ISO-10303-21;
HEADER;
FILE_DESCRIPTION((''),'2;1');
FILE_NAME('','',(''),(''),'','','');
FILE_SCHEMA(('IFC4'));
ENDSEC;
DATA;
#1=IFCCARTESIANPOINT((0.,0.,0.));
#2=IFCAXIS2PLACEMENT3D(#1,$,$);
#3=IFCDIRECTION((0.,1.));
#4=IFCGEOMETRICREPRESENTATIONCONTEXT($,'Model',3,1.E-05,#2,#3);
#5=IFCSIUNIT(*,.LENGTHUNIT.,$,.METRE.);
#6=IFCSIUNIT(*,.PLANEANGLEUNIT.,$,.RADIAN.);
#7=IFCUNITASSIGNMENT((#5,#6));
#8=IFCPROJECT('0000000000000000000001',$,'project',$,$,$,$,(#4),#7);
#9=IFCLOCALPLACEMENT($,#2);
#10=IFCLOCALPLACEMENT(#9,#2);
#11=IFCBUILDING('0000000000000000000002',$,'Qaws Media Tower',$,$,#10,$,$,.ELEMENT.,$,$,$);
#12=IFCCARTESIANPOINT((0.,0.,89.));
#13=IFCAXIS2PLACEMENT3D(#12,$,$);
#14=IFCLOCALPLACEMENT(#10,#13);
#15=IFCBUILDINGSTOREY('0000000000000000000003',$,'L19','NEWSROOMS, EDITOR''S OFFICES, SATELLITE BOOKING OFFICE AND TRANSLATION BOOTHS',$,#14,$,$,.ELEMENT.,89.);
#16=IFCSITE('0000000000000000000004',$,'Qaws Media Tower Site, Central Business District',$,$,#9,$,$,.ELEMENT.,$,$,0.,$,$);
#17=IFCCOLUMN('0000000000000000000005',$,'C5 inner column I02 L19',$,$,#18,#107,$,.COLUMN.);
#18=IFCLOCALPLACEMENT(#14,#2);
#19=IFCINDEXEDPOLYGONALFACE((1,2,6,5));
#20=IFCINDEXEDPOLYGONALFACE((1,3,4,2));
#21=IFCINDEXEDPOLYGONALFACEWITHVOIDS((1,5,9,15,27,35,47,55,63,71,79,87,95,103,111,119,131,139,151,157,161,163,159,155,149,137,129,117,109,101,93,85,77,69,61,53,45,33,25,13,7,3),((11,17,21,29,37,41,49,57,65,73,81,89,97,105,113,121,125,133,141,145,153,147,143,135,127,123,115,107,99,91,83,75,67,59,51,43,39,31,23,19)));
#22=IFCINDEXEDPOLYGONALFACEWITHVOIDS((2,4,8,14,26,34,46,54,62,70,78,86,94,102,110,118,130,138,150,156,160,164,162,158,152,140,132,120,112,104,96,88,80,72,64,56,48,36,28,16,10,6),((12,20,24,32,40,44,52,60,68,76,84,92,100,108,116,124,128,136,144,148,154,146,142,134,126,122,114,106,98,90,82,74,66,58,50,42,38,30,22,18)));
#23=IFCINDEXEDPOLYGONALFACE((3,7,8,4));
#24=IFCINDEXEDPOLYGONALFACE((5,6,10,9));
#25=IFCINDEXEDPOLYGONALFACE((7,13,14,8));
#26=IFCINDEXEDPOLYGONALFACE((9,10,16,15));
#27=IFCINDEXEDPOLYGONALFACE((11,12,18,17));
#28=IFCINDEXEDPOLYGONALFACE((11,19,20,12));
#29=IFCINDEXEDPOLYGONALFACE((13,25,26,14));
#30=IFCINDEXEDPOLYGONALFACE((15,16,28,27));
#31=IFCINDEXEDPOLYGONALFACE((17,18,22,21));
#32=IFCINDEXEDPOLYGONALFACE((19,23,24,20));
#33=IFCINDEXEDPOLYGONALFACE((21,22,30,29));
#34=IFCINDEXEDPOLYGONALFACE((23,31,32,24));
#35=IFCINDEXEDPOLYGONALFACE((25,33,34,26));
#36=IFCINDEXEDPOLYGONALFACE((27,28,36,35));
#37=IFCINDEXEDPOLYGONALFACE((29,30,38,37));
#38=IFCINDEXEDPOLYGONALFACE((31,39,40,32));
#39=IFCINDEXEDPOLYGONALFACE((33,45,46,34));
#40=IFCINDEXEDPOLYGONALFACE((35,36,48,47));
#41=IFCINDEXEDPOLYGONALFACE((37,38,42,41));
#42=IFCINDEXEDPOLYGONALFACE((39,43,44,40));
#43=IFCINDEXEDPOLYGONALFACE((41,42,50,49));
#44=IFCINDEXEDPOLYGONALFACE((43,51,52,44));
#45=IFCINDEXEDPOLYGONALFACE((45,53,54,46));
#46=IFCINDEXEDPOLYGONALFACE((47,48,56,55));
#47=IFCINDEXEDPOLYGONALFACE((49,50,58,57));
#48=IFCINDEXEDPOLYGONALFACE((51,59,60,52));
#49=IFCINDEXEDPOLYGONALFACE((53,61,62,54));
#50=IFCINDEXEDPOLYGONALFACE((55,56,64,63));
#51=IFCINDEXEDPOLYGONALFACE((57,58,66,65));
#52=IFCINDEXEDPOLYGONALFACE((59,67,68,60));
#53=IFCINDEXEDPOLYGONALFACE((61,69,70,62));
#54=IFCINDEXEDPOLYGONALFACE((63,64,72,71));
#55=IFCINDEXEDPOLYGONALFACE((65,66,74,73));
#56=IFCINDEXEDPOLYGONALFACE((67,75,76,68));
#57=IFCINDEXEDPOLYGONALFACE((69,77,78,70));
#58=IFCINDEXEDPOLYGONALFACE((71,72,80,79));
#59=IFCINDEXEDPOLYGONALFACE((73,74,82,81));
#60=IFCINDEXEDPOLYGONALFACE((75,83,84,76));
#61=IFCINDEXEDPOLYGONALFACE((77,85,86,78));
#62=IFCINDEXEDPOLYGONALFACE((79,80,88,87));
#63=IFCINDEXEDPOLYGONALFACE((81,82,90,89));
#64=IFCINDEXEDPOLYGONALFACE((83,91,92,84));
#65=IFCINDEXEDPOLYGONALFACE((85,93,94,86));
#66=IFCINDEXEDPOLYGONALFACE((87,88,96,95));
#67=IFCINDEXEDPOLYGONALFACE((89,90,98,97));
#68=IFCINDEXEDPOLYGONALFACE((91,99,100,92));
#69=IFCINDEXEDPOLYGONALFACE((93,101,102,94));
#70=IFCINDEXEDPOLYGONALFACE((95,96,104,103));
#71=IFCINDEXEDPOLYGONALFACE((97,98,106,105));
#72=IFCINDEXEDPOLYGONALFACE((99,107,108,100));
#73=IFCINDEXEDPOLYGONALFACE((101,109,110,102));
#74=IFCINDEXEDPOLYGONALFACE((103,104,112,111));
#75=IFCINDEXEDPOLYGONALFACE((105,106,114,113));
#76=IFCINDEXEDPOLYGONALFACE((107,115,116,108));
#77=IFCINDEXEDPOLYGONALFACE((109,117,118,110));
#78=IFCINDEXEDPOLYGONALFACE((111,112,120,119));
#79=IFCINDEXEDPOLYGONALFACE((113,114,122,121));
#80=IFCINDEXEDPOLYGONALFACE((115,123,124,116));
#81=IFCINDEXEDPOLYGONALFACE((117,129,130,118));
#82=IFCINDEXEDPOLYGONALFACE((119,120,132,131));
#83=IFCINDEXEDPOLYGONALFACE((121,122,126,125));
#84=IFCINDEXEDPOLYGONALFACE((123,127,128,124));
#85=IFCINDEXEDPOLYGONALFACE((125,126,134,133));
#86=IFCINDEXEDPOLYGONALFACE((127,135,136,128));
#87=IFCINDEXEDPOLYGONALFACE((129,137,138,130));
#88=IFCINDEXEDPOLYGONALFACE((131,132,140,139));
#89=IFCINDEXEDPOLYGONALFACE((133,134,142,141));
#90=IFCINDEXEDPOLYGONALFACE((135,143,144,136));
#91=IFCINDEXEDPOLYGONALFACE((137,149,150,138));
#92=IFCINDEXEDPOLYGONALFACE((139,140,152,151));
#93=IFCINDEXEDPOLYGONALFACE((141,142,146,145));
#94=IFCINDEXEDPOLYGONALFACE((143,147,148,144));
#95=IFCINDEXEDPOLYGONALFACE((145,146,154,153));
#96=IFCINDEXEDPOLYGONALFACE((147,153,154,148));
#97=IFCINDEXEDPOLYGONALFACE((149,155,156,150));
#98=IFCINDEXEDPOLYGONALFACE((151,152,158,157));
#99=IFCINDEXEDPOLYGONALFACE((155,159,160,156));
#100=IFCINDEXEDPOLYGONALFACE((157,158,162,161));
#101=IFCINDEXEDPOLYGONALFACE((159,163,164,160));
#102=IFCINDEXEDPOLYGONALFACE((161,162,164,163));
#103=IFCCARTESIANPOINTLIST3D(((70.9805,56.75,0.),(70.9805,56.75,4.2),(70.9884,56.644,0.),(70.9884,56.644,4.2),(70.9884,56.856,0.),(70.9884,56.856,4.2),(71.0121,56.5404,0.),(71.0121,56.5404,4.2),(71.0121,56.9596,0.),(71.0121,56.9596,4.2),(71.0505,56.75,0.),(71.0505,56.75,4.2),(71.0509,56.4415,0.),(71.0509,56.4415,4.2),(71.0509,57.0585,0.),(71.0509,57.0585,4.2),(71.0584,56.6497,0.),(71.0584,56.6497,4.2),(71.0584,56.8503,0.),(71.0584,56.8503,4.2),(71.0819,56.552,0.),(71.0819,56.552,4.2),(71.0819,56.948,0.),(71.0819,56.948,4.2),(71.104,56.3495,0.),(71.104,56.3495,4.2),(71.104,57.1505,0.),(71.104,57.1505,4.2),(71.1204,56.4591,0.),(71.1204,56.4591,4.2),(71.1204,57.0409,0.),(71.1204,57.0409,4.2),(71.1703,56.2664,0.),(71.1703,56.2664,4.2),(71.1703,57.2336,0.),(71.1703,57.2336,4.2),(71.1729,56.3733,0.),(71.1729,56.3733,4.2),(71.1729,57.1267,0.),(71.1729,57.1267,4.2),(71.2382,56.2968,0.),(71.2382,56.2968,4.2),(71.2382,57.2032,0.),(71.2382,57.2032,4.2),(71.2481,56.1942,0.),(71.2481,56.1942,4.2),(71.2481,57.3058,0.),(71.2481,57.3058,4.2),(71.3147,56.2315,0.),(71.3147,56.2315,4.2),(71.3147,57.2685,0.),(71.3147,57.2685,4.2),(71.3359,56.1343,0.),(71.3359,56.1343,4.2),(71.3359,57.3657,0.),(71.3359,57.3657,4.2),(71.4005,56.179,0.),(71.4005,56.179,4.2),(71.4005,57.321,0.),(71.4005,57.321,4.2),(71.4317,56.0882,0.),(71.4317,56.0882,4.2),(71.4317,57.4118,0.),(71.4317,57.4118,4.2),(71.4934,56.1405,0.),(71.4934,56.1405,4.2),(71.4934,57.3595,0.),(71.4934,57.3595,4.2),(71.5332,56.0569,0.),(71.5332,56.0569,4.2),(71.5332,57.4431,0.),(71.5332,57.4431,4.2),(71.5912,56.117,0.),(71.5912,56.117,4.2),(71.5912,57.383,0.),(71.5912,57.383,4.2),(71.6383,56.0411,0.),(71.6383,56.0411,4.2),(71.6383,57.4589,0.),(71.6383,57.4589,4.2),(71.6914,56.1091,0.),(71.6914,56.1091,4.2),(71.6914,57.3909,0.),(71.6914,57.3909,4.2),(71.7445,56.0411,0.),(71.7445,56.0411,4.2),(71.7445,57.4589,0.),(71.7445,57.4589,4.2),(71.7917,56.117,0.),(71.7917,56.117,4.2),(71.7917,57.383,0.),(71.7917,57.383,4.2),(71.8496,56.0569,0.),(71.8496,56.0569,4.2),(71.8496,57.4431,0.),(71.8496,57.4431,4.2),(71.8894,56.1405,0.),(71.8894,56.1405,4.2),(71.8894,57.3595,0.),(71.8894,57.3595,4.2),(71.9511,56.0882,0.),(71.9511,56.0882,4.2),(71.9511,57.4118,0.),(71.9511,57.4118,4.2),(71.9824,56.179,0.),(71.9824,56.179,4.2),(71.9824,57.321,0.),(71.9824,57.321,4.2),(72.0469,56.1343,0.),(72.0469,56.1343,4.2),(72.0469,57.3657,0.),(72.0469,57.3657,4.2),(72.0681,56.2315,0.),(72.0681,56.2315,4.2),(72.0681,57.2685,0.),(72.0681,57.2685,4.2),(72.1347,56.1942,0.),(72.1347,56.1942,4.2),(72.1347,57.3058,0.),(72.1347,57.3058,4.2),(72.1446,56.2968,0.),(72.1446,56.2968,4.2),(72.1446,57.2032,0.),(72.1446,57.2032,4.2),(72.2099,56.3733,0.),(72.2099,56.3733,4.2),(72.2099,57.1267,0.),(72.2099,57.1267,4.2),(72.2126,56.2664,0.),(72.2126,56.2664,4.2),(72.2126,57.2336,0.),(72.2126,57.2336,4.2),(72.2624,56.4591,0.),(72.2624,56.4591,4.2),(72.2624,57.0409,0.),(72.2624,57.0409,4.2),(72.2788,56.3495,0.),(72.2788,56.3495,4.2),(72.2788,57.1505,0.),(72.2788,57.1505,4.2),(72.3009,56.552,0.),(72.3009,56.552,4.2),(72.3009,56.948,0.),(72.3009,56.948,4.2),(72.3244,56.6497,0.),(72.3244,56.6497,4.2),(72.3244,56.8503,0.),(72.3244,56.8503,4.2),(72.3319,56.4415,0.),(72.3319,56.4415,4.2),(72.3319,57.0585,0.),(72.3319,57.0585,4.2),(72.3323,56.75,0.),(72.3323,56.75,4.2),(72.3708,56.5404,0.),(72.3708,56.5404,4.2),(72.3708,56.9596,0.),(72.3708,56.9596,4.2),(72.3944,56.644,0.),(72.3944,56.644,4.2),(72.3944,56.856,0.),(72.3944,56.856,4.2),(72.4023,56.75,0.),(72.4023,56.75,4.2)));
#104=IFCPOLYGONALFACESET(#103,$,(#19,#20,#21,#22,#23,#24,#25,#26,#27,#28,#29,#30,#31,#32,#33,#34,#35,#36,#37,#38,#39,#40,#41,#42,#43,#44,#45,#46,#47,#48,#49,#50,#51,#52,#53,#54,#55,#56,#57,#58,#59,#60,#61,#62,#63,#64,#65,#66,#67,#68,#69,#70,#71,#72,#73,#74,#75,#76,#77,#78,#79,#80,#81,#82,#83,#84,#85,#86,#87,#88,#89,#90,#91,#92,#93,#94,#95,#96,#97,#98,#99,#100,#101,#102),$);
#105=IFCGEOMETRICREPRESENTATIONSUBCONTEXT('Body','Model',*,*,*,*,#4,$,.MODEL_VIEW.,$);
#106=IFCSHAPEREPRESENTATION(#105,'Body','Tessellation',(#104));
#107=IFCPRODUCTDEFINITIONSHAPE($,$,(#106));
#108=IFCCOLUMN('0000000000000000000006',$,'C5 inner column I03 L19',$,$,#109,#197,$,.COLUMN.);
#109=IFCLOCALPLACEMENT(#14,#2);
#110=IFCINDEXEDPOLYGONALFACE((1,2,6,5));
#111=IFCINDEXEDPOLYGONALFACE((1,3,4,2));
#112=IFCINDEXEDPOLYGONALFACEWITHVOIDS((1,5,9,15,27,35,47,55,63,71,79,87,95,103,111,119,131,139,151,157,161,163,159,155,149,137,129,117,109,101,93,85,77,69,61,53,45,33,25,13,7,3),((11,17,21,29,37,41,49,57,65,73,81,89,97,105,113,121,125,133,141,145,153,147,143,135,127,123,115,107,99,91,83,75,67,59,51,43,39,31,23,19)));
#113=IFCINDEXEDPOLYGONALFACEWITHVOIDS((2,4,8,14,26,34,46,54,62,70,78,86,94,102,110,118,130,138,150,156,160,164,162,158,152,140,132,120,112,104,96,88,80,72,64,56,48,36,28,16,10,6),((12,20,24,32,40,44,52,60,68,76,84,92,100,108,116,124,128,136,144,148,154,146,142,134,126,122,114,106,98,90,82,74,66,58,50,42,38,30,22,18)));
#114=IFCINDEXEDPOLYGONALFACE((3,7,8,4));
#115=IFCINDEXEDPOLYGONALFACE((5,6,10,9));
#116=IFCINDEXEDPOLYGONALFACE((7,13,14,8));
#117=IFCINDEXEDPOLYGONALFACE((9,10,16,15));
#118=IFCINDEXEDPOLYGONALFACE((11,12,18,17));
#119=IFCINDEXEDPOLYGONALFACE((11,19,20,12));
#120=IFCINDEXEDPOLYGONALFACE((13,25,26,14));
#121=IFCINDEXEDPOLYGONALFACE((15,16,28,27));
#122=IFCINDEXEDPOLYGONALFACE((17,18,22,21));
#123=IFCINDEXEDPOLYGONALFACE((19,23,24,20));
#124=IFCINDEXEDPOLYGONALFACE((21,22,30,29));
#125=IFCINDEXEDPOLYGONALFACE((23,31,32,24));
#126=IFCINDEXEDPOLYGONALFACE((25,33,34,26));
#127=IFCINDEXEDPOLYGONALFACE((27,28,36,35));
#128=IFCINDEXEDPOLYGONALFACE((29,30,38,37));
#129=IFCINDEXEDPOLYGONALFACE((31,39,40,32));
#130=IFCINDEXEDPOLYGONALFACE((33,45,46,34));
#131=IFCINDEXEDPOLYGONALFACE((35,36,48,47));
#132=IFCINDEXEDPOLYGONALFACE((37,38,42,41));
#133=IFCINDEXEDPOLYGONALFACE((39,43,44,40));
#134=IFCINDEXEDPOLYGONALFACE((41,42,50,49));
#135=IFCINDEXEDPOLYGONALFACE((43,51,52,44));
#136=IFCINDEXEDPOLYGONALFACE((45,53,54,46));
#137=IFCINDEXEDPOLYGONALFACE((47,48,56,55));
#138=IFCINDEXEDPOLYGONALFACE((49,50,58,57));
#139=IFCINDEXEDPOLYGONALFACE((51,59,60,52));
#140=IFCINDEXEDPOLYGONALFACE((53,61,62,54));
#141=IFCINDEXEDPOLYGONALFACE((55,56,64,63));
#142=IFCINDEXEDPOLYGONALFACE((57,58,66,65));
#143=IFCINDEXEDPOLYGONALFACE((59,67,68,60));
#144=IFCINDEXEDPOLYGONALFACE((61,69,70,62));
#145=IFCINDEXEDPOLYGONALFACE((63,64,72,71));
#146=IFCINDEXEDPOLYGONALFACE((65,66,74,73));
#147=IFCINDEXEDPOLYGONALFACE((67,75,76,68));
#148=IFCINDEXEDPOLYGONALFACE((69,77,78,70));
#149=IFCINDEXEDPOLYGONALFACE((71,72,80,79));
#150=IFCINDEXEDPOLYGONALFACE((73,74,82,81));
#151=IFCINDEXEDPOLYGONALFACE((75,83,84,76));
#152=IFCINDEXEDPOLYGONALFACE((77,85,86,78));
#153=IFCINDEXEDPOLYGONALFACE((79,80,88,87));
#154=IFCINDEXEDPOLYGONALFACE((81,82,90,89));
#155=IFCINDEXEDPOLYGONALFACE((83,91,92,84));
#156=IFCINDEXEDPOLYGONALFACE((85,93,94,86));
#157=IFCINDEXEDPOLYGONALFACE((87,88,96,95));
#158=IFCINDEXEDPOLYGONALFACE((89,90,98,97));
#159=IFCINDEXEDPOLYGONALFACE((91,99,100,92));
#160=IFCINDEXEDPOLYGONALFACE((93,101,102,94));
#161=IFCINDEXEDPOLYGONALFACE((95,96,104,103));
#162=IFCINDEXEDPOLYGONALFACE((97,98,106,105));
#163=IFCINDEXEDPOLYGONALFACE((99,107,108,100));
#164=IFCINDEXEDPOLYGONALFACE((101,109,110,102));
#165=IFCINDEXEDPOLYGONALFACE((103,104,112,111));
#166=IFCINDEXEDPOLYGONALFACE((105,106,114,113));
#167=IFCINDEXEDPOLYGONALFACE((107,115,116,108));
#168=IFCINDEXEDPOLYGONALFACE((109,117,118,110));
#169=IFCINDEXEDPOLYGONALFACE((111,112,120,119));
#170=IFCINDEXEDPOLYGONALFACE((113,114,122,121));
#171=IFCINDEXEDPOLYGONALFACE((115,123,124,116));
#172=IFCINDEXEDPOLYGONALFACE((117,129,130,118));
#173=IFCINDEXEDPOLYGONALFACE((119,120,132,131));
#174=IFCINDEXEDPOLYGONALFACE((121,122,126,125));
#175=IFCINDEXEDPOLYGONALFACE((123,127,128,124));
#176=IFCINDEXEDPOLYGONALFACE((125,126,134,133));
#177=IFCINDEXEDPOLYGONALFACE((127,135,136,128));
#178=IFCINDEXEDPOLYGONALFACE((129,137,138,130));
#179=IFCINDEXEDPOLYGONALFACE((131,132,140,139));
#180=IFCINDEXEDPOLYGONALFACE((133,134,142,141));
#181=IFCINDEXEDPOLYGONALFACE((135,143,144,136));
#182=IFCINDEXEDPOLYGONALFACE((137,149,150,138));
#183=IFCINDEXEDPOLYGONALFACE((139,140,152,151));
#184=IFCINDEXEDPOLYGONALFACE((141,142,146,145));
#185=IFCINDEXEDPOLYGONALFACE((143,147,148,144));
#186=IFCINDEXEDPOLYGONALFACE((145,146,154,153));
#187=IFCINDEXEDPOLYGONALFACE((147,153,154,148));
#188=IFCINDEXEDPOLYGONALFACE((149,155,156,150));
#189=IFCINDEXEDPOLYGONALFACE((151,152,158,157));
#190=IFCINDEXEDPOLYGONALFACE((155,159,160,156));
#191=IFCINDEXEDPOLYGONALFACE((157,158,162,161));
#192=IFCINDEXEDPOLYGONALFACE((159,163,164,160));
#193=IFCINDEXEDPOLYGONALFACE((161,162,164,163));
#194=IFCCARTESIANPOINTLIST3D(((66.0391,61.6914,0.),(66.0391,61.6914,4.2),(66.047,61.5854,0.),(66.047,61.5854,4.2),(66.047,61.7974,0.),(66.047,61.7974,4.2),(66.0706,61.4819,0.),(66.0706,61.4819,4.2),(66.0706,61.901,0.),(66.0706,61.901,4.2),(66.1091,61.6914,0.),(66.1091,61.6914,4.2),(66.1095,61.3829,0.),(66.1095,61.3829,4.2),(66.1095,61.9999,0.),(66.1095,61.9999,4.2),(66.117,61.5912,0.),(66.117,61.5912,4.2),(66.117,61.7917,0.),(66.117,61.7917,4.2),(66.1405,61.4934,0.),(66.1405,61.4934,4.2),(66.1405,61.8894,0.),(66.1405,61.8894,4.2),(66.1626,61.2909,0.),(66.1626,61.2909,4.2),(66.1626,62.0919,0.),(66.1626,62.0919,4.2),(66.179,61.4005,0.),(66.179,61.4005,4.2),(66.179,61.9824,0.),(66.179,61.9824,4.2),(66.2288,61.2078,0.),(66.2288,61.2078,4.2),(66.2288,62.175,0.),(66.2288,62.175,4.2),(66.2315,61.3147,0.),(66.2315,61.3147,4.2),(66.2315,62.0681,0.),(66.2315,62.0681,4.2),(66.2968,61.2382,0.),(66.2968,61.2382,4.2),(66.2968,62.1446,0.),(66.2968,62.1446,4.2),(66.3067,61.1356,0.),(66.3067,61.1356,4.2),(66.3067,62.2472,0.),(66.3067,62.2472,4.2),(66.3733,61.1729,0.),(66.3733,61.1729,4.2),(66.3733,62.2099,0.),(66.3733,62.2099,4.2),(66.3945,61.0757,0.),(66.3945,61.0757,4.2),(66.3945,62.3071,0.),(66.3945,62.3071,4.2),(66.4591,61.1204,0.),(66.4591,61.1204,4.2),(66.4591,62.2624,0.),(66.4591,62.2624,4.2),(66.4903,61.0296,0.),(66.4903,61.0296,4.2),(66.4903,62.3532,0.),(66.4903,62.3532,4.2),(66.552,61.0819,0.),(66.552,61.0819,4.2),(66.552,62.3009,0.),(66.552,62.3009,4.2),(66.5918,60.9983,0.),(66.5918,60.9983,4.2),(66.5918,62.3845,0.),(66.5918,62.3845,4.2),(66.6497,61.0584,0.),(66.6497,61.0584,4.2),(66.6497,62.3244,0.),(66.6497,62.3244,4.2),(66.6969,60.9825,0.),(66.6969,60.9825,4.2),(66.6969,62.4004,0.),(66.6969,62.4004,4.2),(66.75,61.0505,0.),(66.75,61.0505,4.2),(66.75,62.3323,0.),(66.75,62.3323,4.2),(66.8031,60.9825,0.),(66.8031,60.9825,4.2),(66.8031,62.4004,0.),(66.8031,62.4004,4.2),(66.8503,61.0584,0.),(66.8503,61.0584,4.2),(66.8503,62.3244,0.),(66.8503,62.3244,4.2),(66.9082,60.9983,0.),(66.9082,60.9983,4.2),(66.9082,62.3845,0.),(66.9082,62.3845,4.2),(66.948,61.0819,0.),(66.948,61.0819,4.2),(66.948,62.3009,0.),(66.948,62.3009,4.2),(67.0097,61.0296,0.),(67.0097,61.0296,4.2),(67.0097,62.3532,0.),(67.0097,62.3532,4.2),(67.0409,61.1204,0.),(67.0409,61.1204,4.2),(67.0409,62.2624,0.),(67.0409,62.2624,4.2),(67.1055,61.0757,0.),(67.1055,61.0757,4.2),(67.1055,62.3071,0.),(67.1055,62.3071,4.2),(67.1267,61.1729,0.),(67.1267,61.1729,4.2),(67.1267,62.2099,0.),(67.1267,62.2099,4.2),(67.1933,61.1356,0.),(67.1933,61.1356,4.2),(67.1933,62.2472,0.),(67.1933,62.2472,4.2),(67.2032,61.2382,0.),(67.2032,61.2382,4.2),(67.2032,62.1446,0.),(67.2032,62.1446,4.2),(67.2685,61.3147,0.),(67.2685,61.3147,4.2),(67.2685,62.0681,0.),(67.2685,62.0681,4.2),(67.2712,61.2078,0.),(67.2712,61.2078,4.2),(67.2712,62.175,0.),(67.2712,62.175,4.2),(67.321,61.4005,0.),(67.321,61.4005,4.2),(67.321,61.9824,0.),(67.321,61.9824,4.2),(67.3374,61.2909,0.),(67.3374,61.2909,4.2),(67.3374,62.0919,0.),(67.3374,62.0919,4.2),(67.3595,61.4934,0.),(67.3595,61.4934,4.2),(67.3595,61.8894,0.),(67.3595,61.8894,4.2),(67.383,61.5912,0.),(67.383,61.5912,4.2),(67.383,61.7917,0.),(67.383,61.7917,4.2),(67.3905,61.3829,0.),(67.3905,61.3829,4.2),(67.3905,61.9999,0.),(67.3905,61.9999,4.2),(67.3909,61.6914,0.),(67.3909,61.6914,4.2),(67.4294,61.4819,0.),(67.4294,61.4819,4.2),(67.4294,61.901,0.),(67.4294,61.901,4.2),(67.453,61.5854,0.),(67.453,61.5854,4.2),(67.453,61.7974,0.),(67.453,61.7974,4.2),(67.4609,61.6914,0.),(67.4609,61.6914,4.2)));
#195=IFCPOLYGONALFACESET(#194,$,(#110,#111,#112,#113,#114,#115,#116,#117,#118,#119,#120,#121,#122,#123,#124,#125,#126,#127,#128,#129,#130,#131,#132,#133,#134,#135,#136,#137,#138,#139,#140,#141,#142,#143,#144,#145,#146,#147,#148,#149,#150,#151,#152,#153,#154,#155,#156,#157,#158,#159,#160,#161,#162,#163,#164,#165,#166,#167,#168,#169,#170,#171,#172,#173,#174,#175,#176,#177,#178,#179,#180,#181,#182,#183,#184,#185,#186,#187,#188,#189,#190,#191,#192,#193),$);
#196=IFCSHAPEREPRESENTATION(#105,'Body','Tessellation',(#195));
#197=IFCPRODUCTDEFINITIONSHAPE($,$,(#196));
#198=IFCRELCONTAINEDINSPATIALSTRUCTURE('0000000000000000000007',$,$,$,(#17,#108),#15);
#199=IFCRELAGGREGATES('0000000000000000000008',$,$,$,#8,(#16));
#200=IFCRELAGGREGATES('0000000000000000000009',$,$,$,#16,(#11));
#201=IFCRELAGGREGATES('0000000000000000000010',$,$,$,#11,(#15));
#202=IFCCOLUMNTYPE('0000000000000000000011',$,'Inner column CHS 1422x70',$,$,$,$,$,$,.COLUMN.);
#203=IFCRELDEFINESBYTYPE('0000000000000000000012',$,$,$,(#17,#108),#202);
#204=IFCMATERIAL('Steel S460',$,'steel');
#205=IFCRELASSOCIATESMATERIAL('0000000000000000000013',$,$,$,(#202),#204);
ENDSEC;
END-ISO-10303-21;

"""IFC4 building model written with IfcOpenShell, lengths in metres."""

from ifc_helpers import new_model, si_unit, direction, frame, origin, origin_2d, place, context, subcontext, project, spatial, hollow_circle, extrude, material, material_profile, profile_set, type_object, element, save


model = new_model("IFC4")

# Units and contexts
model_context = context("Model", 3, precision=1e-05, world=origin(), true_north=direction((0.0, 1.0)))
body_context = subcontext(model_context, "Body", "Model", "MODEL_VIEW")
ifc_project = project(units=[si_unit("LENGTHUNIT", "METRE"), si_unit("PLANEANGLEUNIT", "RADIAN")], contexts=[model_context])

# Site, building, storey
site_placement = place(None, origin())
site = spatial("IfcSite", under=ifc_project, at=site_placement, Name="Qaws Media Tower Site, Central Business District", CompositionType="ELEMENT", RefElevation=0.0)
building_placement = place(site_placement, origin())
building = spatial("IfcBuilding", under=site, at=building_placement, Name="Qaws Media Tower", CompositionType="ELEMENT")
storey_placement = place(building_placement, frame((0.0, 0.0, 89.0)))
storey = spatial("IfcBuildingStorey", under=building, at=storey_placement, Name="L19", Description="NEWSROOMS, EDITOR'S OFFICES, SATELLITE BOOKING OFFICE AND TRANSLATION BOOTHS", CompositionType="ELEMENT", Elevation=89.0)

# Columns
ifc_material_1 = material(Name="Steel S460", Category="steel")
ifc_material_profile_1 = material_profile(ifc_material_1, hollow_circle(Radius=0.7109, WallThickness=0.0701, at=origin_2d()), Name="CHS 1422x70")
ifc_profile_set_1 = profile_set([ifc_material_profile_1], Name="Steel S460")
column_type = type_object("IfcColumnType", Name="Inner column CHS 1422x70", PredefinedType="COLUMN", material=ifc_profile_set_1)
for number, where, z_axis, x_axis, name in (
    (1, (71.6914, 56.75, 0.0), (0.0, 0.0, 1.0), (1.0, 0.0, 0.0), "C5 inner column I02 L19"),
    (2, (66.75, 61.6914, 0.0), (0.0, 0.0, 1.0), (1.0, 0.0, 0.0), "C5 inner column I03 L19"),
):
    element("IfcColumn", number, at=place(storey_placement, frame(where, z_axis=z_axis, x_axis=x_axis)), inside=storey, type_object=column_type, Name=name, PredefinedType="COLUMN", context=body_context, shape_type="SweptSolid", body=[
        extrude(hollow_circle(Radius=0.7109, WallThickness=0.0701, at=origin_2d()), origin(), (0.0, 0.0, 1.0), 4.2),
    ])

save(model, "model.ifc")
